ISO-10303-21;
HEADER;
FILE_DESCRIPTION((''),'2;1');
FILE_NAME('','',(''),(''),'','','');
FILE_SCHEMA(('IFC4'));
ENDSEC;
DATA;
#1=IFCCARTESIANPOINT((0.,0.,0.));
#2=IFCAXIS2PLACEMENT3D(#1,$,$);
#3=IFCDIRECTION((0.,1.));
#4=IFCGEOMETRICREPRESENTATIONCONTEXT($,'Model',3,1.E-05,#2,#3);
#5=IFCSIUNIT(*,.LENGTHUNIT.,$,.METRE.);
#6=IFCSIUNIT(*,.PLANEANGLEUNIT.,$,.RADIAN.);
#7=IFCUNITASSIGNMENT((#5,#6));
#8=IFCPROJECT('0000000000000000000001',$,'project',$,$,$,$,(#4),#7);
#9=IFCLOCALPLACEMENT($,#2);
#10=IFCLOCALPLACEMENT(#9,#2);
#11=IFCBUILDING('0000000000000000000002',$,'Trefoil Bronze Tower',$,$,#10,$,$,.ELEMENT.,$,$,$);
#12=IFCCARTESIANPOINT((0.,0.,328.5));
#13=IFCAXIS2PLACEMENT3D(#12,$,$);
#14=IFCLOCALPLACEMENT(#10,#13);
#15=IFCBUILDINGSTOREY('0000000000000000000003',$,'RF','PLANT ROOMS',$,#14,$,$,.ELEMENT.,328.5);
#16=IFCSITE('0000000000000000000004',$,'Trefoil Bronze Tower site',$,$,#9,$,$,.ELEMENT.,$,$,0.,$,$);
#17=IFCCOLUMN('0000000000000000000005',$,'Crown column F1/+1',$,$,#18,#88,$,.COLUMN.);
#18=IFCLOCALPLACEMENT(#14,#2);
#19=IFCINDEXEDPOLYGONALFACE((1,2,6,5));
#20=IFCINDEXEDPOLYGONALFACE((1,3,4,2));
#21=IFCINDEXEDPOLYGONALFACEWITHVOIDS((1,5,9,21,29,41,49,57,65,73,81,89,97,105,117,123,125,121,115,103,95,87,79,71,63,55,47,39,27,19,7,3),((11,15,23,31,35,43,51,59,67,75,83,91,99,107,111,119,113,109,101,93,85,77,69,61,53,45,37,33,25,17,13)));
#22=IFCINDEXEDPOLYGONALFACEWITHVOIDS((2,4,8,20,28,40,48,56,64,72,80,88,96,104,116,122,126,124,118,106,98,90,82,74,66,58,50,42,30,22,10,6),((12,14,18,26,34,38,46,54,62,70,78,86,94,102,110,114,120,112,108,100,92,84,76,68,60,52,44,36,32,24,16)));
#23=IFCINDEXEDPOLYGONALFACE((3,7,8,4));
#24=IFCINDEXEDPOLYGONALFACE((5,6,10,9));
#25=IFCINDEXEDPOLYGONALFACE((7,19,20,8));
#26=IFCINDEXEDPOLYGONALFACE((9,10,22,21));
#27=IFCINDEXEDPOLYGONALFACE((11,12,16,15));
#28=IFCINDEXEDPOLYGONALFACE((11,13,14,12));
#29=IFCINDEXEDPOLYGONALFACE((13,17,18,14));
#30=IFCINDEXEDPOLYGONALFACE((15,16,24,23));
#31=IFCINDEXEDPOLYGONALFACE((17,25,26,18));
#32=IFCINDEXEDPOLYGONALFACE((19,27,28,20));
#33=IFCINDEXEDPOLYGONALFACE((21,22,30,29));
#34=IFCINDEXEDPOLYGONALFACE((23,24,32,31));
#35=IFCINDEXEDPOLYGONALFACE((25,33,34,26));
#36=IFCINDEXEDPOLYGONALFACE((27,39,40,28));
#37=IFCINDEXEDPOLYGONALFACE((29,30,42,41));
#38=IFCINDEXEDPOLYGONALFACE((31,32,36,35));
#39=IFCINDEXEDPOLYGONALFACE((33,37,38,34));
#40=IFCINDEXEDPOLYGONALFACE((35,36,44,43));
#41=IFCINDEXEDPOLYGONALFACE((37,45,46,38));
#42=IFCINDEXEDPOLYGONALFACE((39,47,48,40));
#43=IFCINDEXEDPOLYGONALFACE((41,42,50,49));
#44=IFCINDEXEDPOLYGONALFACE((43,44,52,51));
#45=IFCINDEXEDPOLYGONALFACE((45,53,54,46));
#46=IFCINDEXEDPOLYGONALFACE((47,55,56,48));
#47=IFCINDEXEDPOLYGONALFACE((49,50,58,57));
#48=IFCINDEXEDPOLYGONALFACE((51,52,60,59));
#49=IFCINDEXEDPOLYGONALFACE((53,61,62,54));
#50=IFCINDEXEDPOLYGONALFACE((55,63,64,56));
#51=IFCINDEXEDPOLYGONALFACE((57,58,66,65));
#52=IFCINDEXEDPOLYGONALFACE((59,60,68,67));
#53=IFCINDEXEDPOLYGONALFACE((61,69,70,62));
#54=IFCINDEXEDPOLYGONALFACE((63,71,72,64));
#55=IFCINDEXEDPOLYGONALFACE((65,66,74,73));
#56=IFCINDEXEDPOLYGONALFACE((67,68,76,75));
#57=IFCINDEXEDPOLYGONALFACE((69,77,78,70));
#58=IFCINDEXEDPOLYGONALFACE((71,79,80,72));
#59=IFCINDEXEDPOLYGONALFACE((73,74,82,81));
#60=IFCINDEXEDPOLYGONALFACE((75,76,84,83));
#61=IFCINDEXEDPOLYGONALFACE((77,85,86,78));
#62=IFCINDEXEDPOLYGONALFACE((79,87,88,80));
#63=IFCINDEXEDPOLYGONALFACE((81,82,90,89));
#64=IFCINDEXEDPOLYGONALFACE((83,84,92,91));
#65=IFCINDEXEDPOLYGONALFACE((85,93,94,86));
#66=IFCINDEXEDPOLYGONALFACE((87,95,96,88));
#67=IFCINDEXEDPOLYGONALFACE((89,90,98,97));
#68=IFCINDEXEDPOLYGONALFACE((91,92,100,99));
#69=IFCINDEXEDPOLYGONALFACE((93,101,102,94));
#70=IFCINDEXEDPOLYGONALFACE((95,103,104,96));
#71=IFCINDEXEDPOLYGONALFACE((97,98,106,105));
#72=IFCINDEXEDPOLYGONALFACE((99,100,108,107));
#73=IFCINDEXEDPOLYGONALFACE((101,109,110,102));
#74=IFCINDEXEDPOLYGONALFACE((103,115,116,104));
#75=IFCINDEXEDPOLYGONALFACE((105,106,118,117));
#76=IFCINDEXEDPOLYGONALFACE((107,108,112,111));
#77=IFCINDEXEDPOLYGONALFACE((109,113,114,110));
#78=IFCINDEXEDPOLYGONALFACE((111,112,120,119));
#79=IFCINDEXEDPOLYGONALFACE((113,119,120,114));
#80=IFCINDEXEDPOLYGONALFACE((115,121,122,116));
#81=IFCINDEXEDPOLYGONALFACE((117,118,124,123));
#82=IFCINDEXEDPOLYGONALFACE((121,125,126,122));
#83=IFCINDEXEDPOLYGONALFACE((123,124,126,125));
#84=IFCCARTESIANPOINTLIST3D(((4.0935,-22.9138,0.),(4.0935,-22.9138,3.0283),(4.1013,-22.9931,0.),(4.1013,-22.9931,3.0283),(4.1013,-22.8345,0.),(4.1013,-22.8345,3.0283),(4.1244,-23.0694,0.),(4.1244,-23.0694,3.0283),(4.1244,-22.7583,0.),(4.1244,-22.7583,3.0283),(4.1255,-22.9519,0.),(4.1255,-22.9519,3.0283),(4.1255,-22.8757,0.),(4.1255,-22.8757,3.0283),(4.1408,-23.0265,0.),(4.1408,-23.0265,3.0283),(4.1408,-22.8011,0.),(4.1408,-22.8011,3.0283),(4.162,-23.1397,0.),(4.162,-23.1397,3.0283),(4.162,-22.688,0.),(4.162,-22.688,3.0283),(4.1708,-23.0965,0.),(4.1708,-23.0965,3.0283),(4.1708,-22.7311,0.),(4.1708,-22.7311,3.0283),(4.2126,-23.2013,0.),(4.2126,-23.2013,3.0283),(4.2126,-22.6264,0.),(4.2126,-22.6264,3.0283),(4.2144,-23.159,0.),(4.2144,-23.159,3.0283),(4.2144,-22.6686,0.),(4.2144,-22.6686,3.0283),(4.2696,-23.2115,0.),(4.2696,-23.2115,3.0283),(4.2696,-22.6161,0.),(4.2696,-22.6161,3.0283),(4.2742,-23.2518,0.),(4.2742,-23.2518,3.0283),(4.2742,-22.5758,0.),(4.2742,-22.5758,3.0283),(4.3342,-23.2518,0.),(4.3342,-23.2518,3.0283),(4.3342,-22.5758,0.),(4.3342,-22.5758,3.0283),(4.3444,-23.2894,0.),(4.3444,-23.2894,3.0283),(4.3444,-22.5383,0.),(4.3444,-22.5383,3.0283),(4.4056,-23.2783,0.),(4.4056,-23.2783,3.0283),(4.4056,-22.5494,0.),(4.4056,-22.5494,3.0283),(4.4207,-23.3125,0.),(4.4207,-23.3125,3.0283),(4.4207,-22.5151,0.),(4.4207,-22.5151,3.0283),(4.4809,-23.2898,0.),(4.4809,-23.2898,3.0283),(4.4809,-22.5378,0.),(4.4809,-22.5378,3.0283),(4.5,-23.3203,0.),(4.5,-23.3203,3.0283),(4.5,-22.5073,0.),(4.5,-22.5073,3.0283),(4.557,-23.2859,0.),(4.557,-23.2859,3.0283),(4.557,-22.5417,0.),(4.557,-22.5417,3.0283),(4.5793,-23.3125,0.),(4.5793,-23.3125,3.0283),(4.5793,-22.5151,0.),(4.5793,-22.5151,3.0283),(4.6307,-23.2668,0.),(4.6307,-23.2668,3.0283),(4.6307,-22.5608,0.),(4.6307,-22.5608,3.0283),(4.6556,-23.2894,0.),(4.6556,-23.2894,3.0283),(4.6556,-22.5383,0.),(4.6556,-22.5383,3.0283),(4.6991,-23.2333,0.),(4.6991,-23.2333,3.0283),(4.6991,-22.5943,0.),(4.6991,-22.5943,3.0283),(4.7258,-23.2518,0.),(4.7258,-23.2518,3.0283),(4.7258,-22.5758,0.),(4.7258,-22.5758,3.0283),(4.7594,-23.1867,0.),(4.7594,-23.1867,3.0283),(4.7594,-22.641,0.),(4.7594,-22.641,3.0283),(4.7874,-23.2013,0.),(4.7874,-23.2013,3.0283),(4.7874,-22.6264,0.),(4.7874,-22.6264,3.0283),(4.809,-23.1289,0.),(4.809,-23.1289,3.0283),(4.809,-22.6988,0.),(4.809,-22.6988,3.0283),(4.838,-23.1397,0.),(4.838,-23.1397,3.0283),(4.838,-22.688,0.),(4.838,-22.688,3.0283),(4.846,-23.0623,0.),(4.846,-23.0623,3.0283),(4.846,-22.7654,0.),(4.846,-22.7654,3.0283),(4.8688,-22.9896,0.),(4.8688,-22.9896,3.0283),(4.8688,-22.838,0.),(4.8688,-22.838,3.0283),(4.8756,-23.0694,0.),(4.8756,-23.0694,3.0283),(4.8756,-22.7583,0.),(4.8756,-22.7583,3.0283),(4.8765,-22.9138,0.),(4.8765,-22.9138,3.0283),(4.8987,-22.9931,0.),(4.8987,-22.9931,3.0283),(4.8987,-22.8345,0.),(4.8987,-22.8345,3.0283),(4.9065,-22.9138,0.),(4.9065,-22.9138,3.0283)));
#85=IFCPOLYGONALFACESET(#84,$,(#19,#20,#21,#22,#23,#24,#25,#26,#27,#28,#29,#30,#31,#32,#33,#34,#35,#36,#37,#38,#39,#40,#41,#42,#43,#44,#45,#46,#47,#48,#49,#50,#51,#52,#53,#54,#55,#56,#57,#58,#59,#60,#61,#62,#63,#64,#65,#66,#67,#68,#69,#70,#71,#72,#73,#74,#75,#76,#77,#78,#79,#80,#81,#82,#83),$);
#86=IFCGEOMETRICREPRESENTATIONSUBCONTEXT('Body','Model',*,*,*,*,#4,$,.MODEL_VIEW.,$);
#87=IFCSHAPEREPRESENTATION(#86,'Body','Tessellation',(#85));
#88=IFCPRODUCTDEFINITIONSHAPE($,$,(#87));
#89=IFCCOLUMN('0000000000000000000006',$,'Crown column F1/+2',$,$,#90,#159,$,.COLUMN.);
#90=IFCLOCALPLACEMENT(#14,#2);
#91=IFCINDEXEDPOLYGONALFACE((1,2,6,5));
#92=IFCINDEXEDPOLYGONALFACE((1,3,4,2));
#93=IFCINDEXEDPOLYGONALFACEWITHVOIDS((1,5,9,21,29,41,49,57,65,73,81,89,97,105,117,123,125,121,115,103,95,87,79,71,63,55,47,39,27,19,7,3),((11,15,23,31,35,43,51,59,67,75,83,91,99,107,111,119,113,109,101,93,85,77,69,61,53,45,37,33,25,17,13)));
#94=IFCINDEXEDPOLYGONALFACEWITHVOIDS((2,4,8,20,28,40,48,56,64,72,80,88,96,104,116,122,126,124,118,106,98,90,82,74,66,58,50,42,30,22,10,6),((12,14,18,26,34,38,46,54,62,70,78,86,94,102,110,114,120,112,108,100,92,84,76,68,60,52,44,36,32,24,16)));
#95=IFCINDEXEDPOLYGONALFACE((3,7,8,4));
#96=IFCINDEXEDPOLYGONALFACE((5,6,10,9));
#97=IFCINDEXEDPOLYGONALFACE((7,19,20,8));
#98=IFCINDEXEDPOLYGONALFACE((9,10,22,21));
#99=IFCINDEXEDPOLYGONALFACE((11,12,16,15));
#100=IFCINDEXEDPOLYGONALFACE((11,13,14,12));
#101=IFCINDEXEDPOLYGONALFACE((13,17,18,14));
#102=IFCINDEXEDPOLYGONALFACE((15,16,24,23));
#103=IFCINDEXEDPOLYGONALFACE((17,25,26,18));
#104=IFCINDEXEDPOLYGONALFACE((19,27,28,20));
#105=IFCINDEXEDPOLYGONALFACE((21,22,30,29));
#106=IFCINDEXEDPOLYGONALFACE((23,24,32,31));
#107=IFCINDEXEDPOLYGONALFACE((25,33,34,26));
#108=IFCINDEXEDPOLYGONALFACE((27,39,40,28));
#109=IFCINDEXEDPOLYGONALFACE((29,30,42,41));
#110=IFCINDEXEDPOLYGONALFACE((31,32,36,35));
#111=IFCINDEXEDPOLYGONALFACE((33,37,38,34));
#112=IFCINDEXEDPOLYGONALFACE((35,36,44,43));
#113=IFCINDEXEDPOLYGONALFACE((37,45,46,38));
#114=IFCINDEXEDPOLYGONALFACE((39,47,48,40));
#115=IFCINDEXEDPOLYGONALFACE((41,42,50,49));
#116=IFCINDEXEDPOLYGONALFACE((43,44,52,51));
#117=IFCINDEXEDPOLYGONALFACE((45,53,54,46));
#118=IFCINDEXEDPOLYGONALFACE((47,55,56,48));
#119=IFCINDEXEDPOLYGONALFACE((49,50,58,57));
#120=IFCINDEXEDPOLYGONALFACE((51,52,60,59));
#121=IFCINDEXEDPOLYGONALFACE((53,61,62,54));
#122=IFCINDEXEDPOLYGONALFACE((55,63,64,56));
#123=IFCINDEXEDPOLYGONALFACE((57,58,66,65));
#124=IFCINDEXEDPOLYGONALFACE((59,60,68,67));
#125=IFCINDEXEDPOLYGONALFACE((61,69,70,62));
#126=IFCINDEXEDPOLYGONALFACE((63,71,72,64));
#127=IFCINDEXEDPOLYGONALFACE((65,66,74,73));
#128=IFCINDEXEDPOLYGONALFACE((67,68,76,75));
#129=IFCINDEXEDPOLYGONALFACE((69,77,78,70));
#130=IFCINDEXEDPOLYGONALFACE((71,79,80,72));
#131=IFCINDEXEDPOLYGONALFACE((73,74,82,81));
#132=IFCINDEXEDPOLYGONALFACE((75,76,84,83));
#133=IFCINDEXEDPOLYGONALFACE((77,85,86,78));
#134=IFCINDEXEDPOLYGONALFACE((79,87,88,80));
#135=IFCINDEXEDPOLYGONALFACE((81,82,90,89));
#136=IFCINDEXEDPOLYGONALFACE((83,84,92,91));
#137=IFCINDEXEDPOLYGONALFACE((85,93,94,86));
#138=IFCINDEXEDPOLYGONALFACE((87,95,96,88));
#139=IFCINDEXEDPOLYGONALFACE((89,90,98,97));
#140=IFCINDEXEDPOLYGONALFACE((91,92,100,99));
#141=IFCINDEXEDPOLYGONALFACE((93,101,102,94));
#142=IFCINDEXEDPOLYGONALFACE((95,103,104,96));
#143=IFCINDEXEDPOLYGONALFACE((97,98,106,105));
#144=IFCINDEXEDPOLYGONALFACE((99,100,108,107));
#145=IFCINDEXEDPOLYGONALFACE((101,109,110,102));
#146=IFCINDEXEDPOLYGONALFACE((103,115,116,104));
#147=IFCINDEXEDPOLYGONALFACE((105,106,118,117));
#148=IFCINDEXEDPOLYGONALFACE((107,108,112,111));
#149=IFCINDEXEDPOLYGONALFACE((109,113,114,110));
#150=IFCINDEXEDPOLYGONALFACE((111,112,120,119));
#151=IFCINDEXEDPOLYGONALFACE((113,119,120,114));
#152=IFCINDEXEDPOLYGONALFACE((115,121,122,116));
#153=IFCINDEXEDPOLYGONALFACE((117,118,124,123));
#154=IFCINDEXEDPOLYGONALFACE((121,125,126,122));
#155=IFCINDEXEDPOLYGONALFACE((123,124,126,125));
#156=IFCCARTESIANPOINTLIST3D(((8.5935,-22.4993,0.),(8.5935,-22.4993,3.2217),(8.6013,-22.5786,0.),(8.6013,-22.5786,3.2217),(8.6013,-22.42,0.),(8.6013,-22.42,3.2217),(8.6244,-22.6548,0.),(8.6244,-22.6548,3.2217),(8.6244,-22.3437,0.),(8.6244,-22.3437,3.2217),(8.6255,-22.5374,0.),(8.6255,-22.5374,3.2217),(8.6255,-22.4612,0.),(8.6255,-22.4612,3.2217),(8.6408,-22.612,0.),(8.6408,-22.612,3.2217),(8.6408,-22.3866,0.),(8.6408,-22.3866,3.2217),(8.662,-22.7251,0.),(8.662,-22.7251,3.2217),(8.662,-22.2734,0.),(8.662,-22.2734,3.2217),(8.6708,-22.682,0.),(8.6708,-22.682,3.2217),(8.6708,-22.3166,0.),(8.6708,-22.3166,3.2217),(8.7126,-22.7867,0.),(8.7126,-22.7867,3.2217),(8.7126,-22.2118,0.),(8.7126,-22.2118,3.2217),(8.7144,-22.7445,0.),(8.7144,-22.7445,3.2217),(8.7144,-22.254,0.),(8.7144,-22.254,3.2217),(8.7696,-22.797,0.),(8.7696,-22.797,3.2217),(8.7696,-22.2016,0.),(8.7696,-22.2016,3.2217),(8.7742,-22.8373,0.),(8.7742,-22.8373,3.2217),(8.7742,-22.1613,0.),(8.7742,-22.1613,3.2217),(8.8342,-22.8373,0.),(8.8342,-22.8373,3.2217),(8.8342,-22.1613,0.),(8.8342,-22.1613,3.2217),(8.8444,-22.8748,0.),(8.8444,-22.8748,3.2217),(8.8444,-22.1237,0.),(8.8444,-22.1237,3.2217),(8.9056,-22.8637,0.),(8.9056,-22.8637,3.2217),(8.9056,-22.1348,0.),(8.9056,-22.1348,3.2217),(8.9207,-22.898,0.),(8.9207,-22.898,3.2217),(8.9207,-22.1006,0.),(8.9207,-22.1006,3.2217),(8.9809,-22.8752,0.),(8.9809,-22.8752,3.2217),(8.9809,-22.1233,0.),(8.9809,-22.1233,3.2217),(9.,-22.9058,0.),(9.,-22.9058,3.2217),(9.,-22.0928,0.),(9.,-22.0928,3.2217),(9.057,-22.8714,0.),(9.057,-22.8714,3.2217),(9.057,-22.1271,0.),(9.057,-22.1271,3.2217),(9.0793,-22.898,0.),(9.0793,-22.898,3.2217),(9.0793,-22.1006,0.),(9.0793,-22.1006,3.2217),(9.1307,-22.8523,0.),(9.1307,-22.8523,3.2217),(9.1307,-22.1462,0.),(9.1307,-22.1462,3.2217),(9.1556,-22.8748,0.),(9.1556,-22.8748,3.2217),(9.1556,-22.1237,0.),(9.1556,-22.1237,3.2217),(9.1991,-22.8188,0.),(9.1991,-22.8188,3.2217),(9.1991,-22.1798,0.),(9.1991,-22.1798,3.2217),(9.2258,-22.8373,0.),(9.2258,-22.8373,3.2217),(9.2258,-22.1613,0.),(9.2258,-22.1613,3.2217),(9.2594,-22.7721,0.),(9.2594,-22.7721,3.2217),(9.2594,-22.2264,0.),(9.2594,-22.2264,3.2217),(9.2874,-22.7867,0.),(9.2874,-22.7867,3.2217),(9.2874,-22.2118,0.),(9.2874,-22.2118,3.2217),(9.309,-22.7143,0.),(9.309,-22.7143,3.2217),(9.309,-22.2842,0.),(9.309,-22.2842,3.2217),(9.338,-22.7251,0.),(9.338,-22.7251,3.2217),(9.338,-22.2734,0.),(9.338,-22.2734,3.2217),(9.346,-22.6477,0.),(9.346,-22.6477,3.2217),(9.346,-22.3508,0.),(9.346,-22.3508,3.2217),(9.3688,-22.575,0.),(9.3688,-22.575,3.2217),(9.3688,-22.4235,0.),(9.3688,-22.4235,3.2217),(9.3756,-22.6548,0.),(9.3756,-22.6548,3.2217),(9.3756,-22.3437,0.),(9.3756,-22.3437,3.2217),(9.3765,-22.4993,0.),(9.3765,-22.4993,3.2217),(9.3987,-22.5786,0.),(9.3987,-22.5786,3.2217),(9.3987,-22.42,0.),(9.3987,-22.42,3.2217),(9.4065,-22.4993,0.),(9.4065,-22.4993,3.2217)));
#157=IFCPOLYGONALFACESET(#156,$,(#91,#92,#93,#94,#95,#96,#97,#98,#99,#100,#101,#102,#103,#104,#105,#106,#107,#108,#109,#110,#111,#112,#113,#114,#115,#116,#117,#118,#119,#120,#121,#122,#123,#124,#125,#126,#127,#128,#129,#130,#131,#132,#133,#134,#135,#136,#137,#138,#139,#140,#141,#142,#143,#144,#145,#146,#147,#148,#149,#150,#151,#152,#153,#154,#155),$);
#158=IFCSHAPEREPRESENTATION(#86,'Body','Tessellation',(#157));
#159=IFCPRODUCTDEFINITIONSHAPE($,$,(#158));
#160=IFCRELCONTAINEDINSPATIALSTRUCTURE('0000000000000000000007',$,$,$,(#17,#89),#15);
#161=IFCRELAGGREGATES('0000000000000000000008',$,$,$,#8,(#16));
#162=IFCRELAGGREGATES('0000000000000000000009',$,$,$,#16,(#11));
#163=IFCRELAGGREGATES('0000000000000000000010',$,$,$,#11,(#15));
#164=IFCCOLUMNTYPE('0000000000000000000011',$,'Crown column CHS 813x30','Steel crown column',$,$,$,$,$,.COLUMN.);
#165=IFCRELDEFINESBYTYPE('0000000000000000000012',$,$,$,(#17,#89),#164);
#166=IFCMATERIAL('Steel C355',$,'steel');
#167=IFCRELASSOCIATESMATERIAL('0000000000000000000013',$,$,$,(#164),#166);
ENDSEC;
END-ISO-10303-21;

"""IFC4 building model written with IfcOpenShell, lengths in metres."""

from ifc_helpers import new_model, si_unit, direction, frame, origin, origin_2d, place, context, subcontext, project, spatial, hollow_circle, extrude, material, material_profile, profile_set, type_object, element, save


model = new_model("IFC4")

# Units and contexts
model_context = context("Model", 3, precision=1e-05, world=origin(), true_north=direction((0.0, 1.0)))
body_context = subcontext(model_context, "Body", "Model", "MODEL_VIEW")
ifc_project = project(units=[si_unit("LENGTHUNIT", "METRE"), si_unit("PLANEANGLEUNIT", "RADIAN")], contexts=[model_context])

# Site, building, storey
site_placement = place(None, origin())
site = spatial("IfcSite", under=ifc_project, at=site_placement, Name="Trefoil Bronze Tower site", CompositionType="ELEMENT", RefElevation=0.0)
building_placement = place(site_placement, origin())
building = spatial("IfcBuilding", under=site, at=building_placement, Name="Trefoil Bronze Tower", CompositionType="ELEMENT")
storey_placement = place(building_placement, frame((0.0, 0.0, 328.5)))
storey = spatial("IfcBuildingStorey", under=building, at=storey_placement, Name="RF", Description="PLANT ROOMS", CompositionType="ELEMENT", Elevation=328.5)

# Columns
ifc_material_1 = material(Name="Steel C355", Category="steel")
ifc_material_profile_1 = material_profile(ifc_material_1, hollow_circle(Radius=0.4065, WallThickness=0.03, at=origin_2d()), Name="CHS 813x30")
ifc_profile_set_1 = profile_set([ifc_material_profile_1], Name="Steel C355")
column_type = type_object("IfcColumnType", Name="Crown column CHS 813x30", Description="Steel crown column", PredefinedType="COLUMN", material=ifc_profile_set_1)
column_1_placement = place(storey_placement, frame((4.5, -22.9138, 0.0), z_axis=(0.0, 0.0, 1.0), x_axis=(1.0, 0.0, 0.0)))
element("IfcColumn", 1, at=column_1_placement, inside=storey, type_object=column_type, Name="Crown column F1/+1", PredefinedType="COLUMN", context=body_context, shape_type="SweptSolid", body=[
    extrude(hollow_circle(Radius=0.4065, WallThickness=0.03, at=origin_2d()), origin(), (0.0, 0.0, 1.0), 3.0283),
])
column_2_placement = place(storey_placement, frame((9.0, -22.4993, 0.0), z_axis=(0.0, 0.0, 1.0), x_axis=(1.0, 0.0, 0.0)))
element("IfcColumn", 2, at=column_2_placement, inside=storey, type_object=column_type, Name="Crown column F1/+2", PredefinedType="COLUMN", context=body_context, shape_type="SweptSolid", body=[
    extrude(hollow_circle(Radius=0.4065, WallThickness=0.03, at=origin_2d()), origin(), (0.0, 0.0, 1.0), 3.2217),
])

save(model, "model.ifc")
